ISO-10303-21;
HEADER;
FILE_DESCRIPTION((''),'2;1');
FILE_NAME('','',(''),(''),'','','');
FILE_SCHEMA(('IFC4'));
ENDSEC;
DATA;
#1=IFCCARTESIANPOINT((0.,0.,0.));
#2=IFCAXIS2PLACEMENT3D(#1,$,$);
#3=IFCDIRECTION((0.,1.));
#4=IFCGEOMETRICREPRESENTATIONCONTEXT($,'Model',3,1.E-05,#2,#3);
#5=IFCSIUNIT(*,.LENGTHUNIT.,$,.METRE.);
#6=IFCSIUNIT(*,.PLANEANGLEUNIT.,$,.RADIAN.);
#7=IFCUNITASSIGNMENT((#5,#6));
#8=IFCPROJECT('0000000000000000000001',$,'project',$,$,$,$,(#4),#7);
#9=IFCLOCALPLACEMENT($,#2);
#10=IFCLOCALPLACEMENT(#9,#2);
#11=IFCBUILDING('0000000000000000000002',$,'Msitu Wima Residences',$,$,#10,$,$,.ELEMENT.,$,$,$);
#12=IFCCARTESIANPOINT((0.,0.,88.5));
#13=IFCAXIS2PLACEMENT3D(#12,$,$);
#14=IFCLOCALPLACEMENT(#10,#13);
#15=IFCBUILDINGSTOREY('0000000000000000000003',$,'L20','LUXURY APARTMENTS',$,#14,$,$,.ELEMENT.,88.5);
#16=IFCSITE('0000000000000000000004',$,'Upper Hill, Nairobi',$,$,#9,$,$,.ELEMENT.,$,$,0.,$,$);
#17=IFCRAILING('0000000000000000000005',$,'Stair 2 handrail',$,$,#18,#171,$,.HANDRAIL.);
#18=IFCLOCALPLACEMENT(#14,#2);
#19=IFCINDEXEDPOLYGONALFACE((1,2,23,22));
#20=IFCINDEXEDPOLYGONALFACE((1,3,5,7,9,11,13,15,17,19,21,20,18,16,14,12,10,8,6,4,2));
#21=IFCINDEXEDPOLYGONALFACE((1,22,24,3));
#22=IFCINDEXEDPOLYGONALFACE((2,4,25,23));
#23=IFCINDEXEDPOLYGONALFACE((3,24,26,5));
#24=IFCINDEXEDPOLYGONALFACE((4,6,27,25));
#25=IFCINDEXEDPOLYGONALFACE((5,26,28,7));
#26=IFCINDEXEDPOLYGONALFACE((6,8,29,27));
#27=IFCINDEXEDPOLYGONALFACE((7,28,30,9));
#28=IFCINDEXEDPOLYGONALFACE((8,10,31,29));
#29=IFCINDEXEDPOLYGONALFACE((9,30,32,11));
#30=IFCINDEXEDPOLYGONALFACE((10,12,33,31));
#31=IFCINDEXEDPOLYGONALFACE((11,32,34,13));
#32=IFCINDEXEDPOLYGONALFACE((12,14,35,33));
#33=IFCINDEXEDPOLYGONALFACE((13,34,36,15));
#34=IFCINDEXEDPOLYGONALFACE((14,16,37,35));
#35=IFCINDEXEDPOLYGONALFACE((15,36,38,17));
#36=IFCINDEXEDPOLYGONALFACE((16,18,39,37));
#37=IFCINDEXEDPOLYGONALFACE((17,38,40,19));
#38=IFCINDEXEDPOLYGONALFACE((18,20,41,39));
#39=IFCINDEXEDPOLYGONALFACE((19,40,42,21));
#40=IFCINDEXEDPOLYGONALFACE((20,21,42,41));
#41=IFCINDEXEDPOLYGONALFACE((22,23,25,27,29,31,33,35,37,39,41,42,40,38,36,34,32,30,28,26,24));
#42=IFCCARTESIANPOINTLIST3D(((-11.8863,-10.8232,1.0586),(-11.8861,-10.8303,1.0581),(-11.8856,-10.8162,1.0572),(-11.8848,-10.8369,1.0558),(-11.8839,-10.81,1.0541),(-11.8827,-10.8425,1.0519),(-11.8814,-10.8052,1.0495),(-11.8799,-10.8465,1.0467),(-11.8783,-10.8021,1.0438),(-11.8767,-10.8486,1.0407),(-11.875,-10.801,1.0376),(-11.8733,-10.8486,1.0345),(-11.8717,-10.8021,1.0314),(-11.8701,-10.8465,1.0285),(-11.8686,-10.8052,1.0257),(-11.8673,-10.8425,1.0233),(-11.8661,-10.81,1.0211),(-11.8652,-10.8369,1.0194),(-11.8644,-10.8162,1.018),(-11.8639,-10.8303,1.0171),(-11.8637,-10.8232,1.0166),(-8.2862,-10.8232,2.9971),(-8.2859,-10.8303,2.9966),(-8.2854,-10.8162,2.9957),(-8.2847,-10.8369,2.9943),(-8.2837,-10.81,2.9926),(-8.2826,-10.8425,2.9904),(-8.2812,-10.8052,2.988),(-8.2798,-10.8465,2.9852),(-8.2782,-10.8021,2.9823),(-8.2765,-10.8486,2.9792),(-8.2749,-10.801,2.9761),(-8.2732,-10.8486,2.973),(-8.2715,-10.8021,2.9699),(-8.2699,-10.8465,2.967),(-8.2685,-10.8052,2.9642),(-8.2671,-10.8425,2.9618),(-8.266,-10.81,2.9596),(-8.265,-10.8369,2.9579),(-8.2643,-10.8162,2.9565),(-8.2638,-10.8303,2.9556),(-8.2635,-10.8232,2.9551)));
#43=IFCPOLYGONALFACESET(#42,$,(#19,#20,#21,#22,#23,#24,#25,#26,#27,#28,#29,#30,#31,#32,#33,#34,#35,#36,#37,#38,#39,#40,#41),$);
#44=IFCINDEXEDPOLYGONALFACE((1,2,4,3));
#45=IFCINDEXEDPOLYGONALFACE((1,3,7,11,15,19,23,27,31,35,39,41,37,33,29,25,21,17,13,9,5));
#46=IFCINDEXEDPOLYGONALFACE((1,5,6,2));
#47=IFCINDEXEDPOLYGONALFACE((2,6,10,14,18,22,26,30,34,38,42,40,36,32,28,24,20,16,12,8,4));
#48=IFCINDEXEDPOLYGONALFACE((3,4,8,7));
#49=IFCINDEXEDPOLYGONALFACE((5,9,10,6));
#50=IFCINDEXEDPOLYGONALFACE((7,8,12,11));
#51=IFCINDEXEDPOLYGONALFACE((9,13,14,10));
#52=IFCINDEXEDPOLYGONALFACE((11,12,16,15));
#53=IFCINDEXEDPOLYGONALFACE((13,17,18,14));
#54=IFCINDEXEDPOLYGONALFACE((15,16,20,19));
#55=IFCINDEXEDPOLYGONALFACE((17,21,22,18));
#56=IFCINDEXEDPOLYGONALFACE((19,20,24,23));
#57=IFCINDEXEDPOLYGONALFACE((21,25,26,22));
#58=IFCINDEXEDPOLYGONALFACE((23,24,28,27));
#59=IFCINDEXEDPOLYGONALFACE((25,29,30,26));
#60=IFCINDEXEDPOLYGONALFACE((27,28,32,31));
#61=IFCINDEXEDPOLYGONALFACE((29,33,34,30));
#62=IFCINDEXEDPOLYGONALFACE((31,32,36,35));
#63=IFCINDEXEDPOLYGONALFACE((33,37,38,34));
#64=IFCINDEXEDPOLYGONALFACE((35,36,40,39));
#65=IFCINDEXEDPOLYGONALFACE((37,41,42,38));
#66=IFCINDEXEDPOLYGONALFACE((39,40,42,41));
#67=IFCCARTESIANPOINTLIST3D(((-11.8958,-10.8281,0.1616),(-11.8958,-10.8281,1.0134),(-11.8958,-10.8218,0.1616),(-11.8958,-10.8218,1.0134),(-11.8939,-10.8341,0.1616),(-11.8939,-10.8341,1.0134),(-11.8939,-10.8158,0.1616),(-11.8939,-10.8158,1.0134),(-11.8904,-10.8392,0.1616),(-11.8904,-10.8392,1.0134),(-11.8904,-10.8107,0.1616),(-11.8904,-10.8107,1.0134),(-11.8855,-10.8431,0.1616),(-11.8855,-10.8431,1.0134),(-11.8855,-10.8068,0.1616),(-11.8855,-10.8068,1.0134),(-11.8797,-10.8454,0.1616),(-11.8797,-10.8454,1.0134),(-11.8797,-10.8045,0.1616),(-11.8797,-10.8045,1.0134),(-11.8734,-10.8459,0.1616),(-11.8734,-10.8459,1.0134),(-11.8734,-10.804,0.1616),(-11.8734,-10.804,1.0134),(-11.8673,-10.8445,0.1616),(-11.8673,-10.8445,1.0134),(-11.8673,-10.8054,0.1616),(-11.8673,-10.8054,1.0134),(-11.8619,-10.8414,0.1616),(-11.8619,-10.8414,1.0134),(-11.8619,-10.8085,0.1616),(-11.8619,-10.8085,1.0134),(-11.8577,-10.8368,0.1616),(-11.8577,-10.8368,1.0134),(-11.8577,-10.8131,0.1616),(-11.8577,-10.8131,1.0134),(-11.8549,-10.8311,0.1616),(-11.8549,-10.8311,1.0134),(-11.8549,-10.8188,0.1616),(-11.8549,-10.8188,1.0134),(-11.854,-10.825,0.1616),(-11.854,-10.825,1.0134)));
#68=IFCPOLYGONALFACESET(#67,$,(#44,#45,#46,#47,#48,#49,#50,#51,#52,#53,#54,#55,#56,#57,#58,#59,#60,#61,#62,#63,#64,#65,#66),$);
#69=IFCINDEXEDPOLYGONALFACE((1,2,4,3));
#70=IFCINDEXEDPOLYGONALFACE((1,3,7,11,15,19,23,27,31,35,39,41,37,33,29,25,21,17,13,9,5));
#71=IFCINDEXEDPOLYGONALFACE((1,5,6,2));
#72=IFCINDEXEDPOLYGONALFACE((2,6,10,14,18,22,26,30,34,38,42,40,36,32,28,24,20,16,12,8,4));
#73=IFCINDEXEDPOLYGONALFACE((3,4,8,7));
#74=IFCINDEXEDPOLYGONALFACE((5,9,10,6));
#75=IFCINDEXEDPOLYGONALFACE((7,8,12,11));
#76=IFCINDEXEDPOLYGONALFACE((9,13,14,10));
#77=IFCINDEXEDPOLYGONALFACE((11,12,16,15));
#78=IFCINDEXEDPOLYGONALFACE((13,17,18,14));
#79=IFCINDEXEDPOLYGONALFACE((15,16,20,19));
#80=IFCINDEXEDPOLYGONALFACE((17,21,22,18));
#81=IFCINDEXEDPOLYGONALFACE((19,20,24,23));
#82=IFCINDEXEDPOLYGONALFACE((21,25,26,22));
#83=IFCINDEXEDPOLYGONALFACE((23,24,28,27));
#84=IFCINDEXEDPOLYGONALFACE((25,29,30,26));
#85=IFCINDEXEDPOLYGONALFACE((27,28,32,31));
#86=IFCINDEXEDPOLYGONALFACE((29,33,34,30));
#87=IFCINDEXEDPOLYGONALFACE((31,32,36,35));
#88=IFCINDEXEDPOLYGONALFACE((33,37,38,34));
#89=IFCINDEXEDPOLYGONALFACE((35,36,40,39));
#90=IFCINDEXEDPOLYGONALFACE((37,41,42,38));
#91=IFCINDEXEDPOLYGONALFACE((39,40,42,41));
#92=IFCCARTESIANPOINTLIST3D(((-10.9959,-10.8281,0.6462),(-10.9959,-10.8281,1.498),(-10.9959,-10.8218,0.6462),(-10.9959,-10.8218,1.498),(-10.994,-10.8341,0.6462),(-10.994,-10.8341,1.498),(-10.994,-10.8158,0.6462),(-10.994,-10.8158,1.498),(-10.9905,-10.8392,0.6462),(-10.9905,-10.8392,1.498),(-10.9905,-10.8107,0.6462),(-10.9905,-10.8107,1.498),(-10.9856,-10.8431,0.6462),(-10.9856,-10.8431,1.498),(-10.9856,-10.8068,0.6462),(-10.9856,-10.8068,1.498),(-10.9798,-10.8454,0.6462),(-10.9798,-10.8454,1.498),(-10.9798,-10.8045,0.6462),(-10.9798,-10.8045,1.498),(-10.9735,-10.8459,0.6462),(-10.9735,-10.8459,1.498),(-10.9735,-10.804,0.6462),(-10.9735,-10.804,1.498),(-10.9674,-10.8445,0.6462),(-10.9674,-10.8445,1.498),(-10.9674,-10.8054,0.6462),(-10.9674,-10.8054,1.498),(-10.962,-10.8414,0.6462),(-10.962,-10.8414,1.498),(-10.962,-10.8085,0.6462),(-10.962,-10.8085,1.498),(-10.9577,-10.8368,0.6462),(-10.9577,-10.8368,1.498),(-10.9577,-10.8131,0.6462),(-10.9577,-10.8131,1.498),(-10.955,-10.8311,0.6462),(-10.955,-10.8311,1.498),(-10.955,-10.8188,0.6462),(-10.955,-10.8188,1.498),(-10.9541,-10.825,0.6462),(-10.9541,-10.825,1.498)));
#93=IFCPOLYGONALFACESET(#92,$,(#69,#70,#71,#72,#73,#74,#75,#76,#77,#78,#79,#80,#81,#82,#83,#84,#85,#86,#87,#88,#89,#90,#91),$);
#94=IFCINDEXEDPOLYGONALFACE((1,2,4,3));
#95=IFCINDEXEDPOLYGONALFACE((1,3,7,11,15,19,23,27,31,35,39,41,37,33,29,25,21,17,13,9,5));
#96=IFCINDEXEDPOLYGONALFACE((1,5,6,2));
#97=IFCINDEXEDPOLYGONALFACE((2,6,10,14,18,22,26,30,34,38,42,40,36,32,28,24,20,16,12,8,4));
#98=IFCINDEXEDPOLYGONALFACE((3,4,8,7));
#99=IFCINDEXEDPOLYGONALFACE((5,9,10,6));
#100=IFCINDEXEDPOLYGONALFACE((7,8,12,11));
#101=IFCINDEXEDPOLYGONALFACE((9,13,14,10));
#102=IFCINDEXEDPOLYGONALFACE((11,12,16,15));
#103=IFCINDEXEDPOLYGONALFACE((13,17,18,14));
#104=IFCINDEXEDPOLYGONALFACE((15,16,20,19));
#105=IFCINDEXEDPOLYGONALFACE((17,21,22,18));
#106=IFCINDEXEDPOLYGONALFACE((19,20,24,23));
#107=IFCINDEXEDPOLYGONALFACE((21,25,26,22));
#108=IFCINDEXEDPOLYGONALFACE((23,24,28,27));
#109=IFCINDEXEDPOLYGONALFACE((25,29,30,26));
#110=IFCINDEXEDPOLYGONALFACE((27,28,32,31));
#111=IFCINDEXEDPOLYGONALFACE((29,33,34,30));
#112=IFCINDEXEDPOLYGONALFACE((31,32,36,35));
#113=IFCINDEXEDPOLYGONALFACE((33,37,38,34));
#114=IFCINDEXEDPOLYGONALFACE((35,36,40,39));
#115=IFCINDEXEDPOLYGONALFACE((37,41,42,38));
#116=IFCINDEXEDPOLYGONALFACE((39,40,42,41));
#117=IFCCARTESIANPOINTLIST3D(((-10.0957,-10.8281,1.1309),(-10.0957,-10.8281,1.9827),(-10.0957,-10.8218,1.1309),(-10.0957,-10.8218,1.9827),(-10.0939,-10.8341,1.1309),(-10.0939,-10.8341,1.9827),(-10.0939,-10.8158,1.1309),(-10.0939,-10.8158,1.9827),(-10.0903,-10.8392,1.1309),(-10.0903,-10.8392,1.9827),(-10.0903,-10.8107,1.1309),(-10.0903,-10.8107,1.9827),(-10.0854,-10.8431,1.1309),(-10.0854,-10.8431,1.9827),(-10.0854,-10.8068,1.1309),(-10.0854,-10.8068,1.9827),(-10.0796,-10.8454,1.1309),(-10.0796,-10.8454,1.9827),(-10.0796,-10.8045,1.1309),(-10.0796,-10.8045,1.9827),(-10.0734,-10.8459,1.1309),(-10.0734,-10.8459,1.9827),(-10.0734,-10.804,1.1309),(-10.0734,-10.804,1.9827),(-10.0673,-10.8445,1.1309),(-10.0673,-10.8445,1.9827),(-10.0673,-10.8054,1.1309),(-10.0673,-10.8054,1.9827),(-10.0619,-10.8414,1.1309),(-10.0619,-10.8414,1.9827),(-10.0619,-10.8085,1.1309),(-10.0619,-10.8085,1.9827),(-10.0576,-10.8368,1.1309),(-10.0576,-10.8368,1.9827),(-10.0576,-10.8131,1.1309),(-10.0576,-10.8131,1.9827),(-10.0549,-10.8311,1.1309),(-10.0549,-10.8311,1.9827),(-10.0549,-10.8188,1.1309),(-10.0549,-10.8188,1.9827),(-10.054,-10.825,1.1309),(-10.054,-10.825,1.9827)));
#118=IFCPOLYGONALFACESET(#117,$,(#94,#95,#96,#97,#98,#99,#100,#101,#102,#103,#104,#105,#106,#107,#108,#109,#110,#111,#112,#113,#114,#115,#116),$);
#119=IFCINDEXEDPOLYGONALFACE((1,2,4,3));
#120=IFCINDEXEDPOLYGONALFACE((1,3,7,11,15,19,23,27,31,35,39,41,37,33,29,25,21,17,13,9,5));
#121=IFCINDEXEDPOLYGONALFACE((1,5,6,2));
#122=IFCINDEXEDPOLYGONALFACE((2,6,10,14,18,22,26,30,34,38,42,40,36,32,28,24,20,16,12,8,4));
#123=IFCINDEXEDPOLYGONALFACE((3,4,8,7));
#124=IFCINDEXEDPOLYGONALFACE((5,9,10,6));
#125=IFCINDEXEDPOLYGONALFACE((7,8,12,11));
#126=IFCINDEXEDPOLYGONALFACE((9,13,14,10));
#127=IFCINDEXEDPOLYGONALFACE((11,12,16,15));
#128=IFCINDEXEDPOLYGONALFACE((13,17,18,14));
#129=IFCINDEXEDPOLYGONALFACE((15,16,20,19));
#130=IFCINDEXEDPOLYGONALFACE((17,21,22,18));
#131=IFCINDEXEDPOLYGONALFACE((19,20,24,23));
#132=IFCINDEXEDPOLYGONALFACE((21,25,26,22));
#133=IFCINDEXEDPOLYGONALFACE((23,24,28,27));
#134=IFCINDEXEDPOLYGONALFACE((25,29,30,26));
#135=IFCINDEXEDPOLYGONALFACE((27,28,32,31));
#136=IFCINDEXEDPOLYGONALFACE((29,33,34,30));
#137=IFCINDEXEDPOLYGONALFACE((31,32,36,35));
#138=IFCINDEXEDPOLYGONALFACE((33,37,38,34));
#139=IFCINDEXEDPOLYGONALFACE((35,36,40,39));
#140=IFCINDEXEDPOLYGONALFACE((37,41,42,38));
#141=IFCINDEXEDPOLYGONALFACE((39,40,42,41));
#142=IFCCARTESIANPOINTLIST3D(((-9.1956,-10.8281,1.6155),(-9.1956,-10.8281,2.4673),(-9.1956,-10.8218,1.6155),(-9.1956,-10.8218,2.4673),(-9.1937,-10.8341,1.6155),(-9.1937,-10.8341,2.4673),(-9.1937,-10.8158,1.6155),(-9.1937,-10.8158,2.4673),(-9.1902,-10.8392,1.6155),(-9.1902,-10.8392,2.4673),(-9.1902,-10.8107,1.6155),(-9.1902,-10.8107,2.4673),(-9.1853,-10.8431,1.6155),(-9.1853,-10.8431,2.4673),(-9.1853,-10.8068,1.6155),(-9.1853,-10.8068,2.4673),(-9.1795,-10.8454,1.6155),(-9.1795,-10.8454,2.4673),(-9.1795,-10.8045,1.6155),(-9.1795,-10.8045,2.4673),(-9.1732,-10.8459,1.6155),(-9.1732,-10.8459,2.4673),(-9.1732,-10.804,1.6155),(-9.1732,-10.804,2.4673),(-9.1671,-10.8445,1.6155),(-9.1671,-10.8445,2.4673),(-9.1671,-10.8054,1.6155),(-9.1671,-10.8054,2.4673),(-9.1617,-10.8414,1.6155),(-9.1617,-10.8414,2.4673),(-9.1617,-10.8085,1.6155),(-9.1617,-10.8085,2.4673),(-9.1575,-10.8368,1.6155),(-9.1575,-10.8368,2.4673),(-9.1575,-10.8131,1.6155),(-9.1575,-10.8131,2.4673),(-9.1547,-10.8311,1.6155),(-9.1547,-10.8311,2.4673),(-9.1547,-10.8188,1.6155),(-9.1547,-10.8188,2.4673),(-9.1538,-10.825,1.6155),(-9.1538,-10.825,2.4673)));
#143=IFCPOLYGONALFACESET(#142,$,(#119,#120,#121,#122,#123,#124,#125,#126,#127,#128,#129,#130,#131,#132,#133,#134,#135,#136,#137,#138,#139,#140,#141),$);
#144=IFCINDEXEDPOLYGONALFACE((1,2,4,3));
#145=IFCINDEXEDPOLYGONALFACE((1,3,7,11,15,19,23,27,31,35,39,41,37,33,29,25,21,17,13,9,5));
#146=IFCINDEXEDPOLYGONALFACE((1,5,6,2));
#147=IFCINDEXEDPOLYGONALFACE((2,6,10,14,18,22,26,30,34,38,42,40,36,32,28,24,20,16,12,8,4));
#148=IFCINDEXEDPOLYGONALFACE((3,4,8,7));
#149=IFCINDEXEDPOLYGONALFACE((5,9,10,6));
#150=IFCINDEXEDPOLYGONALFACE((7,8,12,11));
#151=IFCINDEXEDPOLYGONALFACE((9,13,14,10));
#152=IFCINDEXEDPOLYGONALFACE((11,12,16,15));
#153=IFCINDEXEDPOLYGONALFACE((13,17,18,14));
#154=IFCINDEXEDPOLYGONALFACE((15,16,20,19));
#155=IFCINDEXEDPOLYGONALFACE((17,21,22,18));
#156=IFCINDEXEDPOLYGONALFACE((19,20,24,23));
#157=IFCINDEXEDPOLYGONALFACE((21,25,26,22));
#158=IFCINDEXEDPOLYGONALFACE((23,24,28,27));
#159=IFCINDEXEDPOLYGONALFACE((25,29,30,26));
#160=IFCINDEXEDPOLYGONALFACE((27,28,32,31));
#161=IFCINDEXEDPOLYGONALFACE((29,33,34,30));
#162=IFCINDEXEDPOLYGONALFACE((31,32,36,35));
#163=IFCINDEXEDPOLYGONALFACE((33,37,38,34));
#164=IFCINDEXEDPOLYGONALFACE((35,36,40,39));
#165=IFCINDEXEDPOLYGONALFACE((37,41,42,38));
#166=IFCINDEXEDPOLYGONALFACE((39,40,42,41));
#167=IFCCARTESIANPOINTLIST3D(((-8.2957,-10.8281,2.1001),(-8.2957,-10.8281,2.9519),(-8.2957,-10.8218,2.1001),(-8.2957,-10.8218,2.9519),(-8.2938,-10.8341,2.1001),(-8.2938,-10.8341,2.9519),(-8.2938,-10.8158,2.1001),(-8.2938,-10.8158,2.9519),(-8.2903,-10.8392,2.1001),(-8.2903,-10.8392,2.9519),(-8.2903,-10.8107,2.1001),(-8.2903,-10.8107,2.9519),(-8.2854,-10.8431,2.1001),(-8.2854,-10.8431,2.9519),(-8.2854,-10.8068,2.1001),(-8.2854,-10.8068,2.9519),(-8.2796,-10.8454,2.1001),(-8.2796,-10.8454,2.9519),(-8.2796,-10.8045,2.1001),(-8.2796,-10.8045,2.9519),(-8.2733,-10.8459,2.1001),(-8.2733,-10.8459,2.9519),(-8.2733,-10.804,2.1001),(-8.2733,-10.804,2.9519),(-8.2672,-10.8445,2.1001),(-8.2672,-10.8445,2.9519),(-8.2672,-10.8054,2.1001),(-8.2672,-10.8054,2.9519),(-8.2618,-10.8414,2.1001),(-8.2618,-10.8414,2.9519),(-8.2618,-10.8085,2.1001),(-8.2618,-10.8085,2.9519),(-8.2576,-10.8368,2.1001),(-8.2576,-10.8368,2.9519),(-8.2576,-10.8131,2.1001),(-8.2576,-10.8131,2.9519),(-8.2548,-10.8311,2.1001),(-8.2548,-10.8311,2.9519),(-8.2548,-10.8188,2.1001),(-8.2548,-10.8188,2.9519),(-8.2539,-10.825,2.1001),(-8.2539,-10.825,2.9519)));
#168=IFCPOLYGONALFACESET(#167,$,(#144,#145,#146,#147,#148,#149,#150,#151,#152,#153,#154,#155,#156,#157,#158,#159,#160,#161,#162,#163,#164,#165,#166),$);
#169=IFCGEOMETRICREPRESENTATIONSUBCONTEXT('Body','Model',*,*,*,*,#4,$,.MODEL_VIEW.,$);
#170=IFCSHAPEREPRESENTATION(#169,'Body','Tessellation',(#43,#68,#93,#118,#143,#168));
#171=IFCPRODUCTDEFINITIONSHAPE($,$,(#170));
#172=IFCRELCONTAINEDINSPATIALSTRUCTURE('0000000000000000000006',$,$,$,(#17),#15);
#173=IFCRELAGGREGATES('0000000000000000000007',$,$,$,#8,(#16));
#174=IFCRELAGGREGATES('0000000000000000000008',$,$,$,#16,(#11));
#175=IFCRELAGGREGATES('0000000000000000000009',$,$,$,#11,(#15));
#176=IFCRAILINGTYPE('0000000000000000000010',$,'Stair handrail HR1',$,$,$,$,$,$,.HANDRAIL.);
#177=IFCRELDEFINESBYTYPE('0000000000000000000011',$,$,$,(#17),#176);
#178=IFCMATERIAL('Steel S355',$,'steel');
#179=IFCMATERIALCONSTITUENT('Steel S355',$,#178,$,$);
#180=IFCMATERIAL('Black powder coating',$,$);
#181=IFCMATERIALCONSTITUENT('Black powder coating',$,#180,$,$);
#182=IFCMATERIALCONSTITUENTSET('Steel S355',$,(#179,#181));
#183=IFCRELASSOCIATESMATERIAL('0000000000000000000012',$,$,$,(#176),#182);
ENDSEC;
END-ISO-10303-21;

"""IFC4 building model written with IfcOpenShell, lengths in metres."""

from ifc_helpers import new_model, si_unit, direction, frame, origin, origin_2d, place, context, subcontext, project, spatial, circle, extrude, material, constituent, constituent_set, type_object, element, save


model = new_model("IFC4")

# Units and contexts
model_context = context("Model", 3, precision=1e-05, world=origin(), true_north=direction((0.0, 1.0)))
body_context = subcontext(model_context, "Body", "Model", "MODEL_VIEW")
ifc_project = project(units=[si_unit("LENGTHUNIT", "METRE"), si_unit("PLANEANGLEUNIT", "RADIAN")], contexts=[model_context])

# Site, building, storey
site_placement = place(None, origin())
site = spatial("IfcSite", under=ifc_project, at=site_placement, Name="Upper Hill, Nairobi", CompositionType="ELEMENT", RefElevation=0.0)
building_placement = place(site_placement, origin())
building = spatial("IfcBuilding", under=site, at=building_placement, Name="Msitu Wima Residences", CompositionType="ELEMENT")
storey_placement = place(building_placement, frame((0.0, 0.0, 88.5)))
storey = spatial("IfcBuildingStorey", under=building, at=storey_placement, Name="L20", Description="LUXURY APARTMENTS", CompositionType="ELEMENT", Elevation=88.5)

# Railing
ifc_material_1 = material(Name="Steel S355", Category="steel")
ifc_constituent_1 = constituent(ifc_material_1, Name="Steel S355")
ifc_material_2 = material(Name="Black powder coating")
ifc_constituent_2 = constituent(ifc_material_2, Name="Black powder coating")
ifc_constituent_set = constituent_set(constituents=[ifc_constituent_1, ifc_constituent_2], Name="Steel S355")
railing_type = type_object("IfcRailingType", Name="Stair handrail HR1", PredefinedType="HANDRAIL", material=ifc_constituent_set)
for number, where, name in (
    (1, (-11.875, -10.825, 0.1616), "Stair 2 handrail"),
):
    element("IfcRailing", number, at=place(storey_placement, frame(where)), inside=storey, type_object=railing_type, Name=name, PredefinedType="HANDRAIL", context=body_context, shape_type="SweptSolid", body=[
        extrude(circle(Radius=0.0239, at=origin_2d()), frame((0.0, 0.0, 0.876), z_axis=(0.880475, 0.0, 0.474093), x_axis=(0.0, 1.0, 0.0)), (0.0, 0.0, 1.0), 4.0889),
        extrude(circle(Radius=0.021, at=origin_2d()), origin(), (0.0, 0.0, 1.0), 0.8518),
        extrude(circle(Radius=0.021, at=origin_2d()), frame((0.8999, 0.0, 0.4846)), (0.0, 0.0, 1.0), 0.8518),
        extrude(circle(Radius=0.021, at=origin_2d()), frame((1.8, 0.0, 0.9692)), (0.0, 0.0, 1.0), 0.8518),
        extrude(circle(Radius=0.021, at=origin_2d()), frame((2.7002, 0.0, 1.4539)), (0.0, 0.0, 1.0), 0.8518),
        extrude(circle(Radius=0.021, at=origin_2d()), frame((3.6001, 0.0, 1.9385)), (0.0, 0.0, 1.0), 0.8518),
    ])

save(model, "model.ifc")
